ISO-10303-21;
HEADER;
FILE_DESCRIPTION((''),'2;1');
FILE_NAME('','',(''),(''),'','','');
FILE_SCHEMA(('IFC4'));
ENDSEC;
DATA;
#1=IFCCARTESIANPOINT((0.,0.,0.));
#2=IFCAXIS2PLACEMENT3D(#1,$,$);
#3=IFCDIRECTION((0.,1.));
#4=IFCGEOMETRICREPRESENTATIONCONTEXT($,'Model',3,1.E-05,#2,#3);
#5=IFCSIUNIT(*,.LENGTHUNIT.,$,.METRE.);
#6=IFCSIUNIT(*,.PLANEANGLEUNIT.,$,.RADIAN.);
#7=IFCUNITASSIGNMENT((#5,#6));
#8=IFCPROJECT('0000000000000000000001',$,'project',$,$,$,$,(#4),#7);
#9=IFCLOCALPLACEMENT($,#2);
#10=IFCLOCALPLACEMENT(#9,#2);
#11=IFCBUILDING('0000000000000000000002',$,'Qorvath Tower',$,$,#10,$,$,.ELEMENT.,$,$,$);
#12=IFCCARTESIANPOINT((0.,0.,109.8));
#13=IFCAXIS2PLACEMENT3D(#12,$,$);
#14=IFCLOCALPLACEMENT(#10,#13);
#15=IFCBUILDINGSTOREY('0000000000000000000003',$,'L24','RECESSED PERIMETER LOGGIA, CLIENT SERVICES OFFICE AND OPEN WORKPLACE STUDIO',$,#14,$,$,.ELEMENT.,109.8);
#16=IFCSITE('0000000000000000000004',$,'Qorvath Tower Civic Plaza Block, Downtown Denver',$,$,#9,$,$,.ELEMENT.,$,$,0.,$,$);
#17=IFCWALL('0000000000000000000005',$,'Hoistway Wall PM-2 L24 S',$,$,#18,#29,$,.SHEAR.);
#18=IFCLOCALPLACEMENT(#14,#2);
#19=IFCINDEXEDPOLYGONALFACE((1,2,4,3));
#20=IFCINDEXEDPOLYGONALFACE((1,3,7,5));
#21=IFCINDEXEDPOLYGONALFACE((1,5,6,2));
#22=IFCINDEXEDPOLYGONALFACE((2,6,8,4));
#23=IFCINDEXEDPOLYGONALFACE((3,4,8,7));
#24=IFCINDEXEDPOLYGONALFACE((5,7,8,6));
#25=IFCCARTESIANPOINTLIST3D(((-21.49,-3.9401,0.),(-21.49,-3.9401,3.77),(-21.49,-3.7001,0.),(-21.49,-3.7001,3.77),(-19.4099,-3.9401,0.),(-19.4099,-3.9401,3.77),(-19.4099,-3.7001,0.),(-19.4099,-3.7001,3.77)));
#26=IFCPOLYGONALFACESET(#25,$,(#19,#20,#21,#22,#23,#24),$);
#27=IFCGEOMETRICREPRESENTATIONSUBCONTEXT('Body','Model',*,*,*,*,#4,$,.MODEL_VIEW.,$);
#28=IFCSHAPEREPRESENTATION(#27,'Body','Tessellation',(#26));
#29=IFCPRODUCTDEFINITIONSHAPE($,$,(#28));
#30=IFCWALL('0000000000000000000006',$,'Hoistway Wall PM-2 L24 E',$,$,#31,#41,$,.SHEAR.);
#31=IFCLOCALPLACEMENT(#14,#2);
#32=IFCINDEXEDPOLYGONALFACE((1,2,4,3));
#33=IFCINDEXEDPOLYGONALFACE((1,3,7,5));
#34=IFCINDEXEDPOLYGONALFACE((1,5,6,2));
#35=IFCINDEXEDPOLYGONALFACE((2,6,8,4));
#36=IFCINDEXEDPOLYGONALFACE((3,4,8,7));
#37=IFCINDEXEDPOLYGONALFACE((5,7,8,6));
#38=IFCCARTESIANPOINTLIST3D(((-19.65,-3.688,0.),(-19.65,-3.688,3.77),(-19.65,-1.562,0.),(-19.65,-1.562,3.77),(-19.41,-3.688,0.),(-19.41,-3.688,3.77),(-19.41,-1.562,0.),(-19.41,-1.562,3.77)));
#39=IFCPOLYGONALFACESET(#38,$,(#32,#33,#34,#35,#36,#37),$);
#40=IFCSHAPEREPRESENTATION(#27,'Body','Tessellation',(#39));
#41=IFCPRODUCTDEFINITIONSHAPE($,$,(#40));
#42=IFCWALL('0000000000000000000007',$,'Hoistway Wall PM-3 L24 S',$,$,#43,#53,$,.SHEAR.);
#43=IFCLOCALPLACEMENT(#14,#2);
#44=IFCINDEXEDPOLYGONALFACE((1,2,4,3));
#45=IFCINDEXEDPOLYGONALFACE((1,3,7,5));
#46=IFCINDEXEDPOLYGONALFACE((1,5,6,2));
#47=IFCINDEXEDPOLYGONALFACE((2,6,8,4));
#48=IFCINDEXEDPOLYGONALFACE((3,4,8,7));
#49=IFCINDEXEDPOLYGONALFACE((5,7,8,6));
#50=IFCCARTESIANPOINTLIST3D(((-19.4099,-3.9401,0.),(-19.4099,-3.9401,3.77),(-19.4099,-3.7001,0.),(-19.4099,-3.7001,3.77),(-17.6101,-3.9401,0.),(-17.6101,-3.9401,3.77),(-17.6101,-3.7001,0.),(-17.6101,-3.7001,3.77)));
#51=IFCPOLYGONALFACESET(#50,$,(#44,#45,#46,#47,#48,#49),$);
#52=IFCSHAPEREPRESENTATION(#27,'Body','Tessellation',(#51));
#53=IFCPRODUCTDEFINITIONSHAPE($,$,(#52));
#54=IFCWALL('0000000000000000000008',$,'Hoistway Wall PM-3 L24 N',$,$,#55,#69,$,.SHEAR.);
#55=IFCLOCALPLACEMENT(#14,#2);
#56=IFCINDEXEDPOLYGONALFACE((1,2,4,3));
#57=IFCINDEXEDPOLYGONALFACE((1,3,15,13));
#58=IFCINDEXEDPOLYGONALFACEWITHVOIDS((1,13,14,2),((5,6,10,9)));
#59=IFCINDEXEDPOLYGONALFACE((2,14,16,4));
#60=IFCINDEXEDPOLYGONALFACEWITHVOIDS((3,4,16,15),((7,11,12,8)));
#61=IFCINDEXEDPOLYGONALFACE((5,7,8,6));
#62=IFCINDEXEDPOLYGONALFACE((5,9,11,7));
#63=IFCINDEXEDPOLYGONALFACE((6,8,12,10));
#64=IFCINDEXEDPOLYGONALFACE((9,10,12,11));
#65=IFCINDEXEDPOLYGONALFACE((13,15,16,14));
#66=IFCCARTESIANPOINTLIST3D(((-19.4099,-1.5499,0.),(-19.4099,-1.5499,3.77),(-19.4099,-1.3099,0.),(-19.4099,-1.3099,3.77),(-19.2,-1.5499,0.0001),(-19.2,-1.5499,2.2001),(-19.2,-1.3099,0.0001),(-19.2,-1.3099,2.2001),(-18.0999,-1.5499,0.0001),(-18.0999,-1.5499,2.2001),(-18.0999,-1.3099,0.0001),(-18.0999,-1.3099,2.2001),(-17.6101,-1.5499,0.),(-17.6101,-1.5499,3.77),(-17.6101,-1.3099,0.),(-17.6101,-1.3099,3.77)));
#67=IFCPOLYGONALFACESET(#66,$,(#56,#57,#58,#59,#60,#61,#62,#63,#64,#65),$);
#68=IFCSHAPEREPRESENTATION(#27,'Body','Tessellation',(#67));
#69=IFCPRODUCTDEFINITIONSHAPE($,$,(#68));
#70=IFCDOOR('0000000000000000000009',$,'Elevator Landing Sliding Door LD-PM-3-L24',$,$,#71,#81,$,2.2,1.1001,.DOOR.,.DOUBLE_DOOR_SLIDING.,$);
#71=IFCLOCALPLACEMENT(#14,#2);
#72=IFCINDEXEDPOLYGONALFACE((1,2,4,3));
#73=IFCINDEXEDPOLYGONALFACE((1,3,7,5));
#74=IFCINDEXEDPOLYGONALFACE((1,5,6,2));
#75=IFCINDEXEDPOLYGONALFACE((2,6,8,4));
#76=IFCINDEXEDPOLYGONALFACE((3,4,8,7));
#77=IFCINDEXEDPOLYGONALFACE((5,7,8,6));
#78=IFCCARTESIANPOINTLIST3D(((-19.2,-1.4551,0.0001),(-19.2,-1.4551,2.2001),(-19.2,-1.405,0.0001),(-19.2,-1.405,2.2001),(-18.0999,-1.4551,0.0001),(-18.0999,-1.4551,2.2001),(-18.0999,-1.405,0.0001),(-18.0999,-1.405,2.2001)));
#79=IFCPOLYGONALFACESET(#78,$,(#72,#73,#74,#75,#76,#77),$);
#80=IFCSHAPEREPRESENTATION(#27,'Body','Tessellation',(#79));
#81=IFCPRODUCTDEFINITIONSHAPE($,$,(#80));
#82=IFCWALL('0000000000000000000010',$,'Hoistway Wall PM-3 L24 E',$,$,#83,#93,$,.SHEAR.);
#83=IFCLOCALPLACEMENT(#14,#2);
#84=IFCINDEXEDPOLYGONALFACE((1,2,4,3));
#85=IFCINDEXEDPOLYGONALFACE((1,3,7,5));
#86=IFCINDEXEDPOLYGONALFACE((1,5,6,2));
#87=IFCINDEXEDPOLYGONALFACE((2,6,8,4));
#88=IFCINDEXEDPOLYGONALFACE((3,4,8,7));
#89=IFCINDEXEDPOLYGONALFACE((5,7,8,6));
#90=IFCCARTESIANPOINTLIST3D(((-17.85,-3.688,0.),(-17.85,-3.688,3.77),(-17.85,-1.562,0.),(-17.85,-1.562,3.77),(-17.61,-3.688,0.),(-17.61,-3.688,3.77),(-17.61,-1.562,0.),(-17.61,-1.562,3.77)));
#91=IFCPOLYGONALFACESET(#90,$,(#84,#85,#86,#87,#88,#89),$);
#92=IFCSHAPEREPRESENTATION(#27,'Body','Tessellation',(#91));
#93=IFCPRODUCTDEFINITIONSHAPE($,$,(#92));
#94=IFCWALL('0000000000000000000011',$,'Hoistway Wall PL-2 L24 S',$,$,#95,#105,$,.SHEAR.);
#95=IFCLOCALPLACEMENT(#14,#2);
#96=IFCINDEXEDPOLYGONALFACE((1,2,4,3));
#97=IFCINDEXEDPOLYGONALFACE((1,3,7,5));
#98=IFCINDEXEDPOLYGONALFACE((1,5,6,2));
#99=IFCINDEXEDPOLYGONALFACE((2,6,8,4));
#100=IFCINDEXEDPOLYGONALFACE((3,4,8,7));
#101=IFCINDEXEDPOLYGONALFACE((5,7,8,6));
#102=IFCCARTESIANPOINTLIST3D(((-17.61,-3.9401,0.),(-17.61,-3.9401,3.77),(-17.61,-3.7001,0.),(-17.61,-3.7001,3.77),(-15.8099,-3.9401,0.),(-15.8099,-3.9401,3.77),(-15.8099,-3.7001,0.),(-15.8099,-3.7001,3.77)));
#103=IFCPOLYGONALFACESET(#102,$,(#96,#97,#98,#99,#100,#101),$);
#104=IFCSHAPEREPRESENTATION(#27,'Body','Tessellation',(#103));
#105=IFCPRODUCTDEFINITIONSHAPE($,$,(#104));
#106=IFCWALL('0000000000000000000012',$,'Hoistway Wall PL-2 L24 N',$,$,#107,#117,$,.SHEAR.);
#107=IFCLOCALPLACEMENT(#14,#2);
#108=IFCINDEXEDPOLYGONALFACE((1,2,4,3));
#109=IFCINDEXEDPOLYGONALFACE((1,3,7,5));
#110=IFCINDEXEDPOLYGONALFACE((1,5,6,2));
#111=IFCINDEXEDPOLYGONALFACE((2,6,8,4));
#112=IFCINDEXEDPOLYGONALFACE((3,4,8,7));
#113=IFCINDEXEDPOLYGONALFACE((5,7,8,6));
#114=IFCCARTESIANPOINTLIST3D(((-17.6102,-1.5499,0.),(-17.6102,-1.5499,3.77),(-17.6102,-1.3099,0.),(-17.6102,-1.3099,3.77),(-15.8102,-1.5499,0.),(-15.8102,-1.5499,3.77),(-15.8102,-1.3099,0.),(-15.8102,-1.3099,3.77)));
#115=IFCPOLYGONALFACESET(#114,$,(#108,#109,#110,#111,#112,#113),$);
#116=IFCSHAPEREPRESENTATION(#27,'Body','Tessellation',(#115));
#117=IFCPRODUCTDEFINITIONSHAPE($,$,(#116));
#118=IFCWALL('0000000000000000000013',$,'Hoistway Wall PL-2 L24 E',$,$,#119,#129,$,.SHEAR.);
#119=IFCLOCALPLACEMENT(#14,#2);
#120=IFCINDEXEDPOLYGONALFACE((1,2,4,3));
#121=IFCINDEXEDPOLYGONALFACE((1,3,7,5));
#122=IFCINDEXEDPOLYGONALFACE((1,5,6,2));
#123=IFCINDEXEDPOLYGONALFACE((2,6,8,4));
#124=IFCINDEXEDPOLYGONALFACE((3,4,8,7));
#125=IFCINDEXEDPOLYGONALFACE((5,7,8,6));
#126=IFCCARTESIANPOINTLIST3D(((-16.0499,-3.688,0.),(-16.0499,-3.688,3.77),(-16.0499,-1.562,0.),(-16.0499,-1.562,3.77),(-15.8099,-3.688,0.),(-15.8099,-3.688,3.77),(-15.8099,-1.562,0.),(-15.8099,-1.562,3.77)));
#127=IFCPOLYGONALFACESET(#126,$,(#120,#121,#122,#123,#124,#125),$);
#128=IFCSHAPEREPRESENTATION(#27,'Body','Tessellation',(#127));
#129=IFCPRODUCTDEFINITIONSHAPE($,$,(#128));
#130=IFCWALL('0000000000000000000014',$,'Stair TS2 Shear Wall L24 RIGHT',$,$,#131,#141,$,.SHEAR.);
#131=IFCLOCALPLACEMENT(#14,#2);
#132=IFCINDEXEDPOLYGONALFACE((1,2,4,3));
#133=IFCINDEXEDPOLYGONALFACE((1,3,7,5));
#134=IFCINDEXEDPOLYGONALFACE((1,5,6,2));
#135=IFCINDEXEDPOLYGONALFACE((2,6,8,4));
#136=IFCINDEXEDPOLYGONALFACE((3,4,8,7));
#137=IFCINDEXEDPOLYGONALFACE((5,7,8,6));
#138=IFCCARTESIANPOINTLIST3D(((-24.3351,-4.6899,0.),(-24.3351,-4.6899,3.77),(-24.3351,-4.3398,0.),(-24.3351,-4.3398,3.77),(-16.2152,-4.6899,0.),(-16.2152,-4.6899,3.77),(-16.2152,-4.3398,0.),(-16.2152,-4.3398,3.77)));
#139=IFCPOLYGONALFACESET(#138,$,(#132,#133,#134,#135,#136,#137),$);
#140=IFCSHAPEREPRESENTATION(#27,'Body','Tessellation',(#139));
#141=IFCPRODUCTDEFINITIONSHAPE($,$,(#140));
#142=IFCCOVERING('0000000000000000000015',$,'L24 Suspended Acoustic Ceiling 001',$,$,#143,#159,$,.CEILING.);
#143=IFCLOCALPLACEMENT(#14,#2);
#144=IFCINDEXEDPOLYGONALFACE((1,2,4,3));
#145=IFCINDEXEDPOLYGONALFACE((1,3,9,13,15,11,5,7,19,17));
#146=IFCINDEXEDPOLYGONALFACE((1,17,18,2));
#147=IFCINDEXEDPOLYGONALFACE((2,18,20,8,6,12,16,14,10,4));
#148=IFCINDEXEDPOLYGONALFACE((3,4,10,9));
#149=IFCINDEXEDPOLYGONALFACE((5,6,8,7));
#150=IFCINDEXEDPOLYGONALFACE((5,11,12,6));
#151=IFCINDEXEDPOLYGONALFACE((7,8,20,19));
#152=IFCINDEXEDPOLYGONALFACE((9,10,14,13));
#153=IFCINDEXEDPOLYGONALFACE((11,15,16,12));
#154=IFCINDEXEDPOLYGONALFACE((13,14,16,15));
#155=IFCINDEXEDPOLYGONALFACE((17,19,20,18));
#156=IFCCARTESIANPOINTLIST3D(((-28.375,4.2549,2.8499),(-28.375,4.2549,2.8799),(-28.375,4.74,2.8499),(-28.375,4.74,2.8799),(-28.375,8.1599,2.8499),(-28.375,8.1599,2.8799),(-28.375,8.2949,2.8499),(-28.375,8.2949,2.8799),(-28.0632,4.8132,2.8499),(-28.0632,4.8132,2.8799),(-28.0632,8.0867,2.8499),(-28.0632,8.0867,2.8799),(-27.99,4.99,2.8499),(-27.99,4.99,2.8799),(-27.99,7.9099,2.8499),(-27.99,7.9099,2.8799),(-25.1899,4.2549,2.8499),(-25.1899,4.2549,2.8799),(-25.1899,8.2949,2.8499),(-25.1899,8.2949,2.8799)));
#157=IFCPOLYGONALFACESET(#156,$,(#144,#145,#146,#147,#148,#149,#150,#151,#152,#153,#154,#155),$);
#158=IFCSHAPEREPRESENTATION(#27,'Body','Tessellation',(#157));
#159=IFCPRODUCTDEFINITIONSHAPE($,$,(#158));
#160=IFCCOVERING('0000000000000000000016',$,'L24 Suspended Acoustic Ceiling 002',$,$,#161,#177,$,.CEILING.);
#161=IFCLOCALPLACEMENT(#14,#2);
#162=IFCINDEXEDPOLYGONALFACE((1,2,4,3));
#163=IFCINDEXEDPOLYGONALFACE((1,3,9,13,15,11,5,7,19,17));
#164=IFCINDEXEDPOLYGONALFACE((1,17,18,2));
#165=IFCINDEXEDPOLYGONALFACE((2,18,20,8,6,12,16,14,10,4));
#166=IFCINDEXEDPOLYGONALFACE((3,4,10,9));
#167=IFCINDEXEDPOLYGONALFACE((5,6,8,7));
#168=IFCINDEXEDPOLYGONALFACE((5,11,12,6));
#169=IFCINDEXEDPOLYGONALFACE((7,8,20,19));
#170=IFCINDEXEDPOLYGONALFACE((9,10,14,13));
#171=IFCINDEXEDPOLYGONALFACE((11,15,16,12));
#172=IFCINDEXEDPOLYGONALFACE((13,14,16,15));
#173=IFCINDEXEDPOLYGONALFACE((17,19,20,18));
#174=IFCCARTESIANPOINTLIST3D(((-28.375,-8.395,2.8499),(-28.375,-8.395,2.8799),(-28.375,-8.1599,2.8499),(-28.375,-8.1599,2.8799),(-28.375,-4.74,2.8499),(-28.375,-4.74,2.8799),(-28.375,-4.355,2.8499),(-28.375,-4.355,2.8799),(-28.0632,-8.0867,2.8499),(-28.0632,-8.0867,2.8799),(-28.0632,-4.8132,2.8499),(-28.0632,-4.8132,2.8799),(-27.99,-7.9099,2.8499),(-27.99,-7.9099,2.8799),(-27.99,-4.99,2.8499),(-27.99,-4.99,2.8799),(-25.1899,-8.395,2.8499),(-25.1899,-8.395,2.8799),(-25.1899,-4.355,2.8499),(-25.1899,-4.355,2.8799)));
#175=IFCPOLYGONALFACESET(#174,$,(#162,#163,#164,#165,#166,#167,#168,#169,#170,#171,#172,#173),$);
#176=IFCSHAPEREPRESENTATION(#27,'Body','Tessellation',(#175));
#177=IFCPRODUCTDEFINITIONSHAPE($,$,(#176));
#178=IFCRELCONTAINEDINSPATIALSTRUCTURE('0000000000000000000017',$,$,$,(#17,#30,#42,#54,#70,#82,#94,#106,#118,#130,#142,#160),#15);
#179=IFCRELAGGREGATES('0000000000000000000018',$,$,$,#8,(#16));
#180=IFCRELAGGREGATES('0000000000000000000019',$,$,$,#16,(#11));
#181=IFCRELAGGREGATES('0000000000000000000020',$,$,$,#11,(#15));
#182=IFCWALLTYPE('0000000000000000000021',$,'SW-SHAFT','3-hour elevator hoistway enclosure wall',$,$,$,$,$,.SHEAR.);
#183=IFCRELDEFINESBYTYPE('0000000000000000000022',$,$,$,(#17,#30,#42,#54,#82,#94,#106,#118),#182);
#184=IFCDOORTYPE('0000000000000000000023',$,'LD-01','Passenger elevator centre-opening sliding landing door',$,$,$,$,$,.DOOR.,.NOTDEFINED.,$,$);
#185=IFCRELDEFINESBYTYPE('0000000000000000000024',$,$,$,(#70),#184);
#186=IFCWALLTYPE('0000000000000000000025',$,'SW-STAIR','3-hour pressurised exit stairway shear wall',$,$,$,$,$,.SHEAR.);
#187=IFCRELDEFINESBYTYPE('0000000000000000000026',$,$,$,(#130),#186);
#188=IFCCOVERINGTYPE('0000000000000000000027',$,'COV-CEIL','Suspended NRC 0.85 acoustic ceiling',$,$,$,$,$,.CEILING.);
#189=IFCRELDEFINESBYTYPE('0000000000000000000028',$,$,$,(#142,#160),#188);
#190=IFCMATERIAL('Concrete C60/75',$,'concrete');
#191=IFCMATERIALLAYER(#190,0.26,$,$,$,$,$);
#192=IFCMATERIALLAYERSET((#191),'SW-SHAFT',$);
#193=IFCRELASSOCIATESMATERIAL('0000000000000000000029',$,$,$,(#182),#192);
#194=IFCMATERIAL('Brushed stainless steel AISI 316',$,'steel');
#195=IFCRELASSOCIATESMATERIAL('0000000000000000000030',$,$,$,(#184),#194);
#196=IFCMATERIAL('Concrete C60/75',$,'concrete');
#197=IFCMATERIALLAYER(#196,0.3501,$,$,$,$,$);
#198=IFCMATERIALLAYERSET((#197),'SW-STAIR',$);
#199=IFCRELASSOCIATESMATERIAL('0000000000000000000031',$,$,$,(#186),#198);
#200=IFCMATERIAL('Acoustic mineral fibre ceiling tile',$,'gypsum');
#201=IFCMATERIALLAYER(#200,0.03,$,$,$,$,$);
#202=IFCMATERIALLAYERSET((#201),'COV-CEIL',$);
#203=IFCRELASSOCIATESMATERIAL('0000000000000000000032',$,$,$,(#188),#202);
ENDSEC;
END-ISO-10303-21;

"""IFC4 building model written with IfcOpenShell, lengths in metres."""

from ifc_helpers import new_model, si_unit, direction, frame, frame_2d, origin, place, context, subcontext, project, spatial, polyline, rectangle, outline, extrude, material, layer, layer_set, type_object, element, fill, save


model = new_model("IFC4")

# Units and contexts
model_context = context("Model", 3, precision=1e-05, world=origin(), true_north=direction((0.0, 1.0)))
body_context = subcontext(model_context, "Body", "Model", "MODEL_VIEW")
ifc_project = project(units=[si_unit("LENGTHUNIT", "METRE"), si_unit("PLANEANGLEUNIT", "RADIAN")], contexts=[model_context])

# Site, building, storey
site_placement = place(None, origin())
site = spatial("IfcSite", under=ifc_project, at=site_placement, Name="Qorvath Tower Civic Plaza Block, Downtown Denver", CompositionType="ELEMENT", RefElevation=0.0)
building_placement = place(site_placement, origin())
building = spatial("IfcBuilding", under=site, at=building_placement, Name="Qorvath Tower", CompositionType="ELEMENT")
storey_placement = place(building_placement, frame((0.0, 0.0, 109.8)))
storey = spatial("IfcBuildingStorey", under=building, at=storey_placement, Name="L24", Description="RECESSED PERIMETER LOGGIA, CLIENT SERVICES OFFICE AND OPEN WORKPLACE STUDIO", CompositionType="ELEMENT", Elevation=109.8)

# Walls
ifc_material_1 = material(Name="Concrete C60/75", Category="concrete")
ifc_layer_1 = layer(ifc_material_1, 0.26)
ifc_layer_set_1 = layer_set([ifc_layer_1], Name="SW-SHAFT")
wall_type_1 = type_object("IfcWallType", Name="SW-SHAFT", Description="3-hour elevator hoistway enclosure wall", PredefinedType="SHEAR", material=ifc_layer_set_1)
wall_1_placement = place(storey_placement, frame((-19.4099, -3.8201, 0.0), z_axis=(0.0, 0.0, 1.0), x_axis=(-1.0, 0.0, 0.0)))
element("IfcWall", 1, at=wall_1_placement, inside=storey, type_object=wall_type_1, Name="Hoistway Wall PM-2 L24 S", PredefinedType="SHEAR", context=body_context, shape_type="SweptSolid", body=[
    extrude(rectangle(XDim=2.0801, YDim=0.24, at=frame_2d((1.04, 0.0))), origin(), (0.0, 0.0, 1.0), 3.77),
])
wall_2_placement = place(storey_placement, frame((-19.53, -1.562, 0.0), z_axis=(0.0, 0.0, 1.0), x_axis=(0.0, -1.0, 0.0)))
element("IfcWall", 2, at=wall_2_placement, inside=storey, type_object=wall_type_1, Name="Hoistway Wall PM-2 L24 E", PredefinedType="SHEAR", context=body_context, shape_type="SweptSolid", body=[
    extrude(rectangle(XDim=2.126, YDim=0.24, at=frame_2d((1.063, 0.0))), origin(), (0.0, 0.0, 1.0), 3.77),
])
wall_3_placement = place(storey_placement, frame((-17.6101, -3.8201, 0.0), z_axis=(0.0, 0.0, 1.0), x_axis=(-1.0, 0.0, 0.0)))
element("IfcWall", 3, at=wall_3_placement, inside=storey, type_object=wall_type_1, Name="Hoistway Wall PM-3 L24 S", PredefinedType="SHEAR", context=body_context, shape_type="SweptSolid", body=[
    extrude(rectangle(XDim=1.7998, YDim=0.24, at=frame_2d((0.8999, 0.0))), origin(), (0.0, 0.0, 1.0), 3.77),
])

# Wall, opening, door
wall_4_placement = place(storey_placement, frame((-19.4099, -1.4299, 0.0), z_axis=(0.0, 0.0, 1.0), x_axis=(1.0, 0.0, 0.0)))
wall_4 = element("IfcWall", 4, at=wall_4_placement, inside=storey, type_object=wall_type_1, Name="Hoistway Wall PM-3 L24 N", PredefinedType="SHEAR", context=body_context, shape_type="SweptSolid", body=[
    extrude(rectangle(XDim=1.7998, YDim=0.24, at=frame_2d((0.8999, 0.0))), origin(), (0.0, 0.0, 1.0), 3.77),
])
opening_placement = place(wall_4_placement, frame((0.21, 0.0, 0.0)))
opening = element("IfcOpeningElement", 5, at=opening_placement, cuts=wall_4, PredefinedType="OPENING", context=body_context, shape_type="SweptSolid", body=[
    extrude(rectangle(XDim=1.1001, YDim=2.2, at=frame_2d((0.55, 1.1001))), frame((0.0, 0.1299, 0.0), z_axis=(0.0, -1.0, 0.0), x_axis=(1.0, 0.0, 0.0)), (0.0, 0.0, 1.0), 0.26),
])
ifc_material_2 = material(Name="Brushed stainless steel AISI 316", Category="steel")
door_type = type_object("IfcDoorType", Name="LD-01", Description="Passenger elevator centre-opening sliding landing door", OperationType="NOTDEFINED", PredefinedType="DOOR", material=ifc_material_2)
door_placement = place(opening_placement, origin())
door = element("IfcDoor", 6, at=door_placement, inside=storey, type_object=door_type, Name="Elevator Landing Sliding Door LD-PM-3-L24", OperationType="DOUBLE_DOOR_SLIDING", OverallHeight=2.2, OverallWidth=1.1001, PredefinedType="DOOR", context=body_context, shape_type="SweptSolid", body=[
    extrude(rectangle(XDim=1.1001, YDim=2.2, at=frame_2d((0.55, 1.1001))), frame((0.0, 0.0249, 0.0), z_axis=(0.0, -1.0, 0.0), x_axis=(1.0, 0.0, 0.0)), (0.0, 0.0, 1.0), 0.05),
])
fill(opening, door)

# Walls
wall_5_placement = place(storey_placement, frame((-17.73, -1.562, 0.0), z_axis=(0.0, 0.0, 1.0), x_axis=(0.0, -1.0, 0.0)))
element("IfcWall", 7, at=wall_5_placement, inside=storey, type_object=wall_type_1, Name="Hoistway Wall PM-3 L24 E", PredefinedType="SHEAR", context=body_context, shape_type="SweptSolid", body=[
    extrude(rectangle(XDim=2.126, YDim=0.24, at=frame_2d((1.063, 0.0))), origin(), (0.0, 0.0, 1.0), 3.77),
])
for number, where, z_axis, x_axis, name in (
    (8, (-15.8101, -3.8201, 0.0), (0.0, 0.0, 1.0), (-1.0, 0.0, 0.0), "Hoistway Wall PL-2 L24 S"),
    (9, (-17.6101, -1.4299, 0.0), (0.0, 0.0, 1.0), (1.0, 0.0, 0.0), "Hoistway Wall PL-2 L24 N"),
):
    element("IfcWall", number, at=place(storey_placement, frame(where, z_axis=z_axis, x_axis=x_axis)), inside=storey, type_object=wall_type_1, Name=name, PredefinedType="SHEAR", context=body_context, shape_type="SweptSolid", body=[
        extrude(rectangle(XDim=1.8, YDim=0.24, at=frame_2d((0.8999, 0.0))), origin(), (0.0, 0.0, 1.0), 3.77),
    ])
wall_6_placement = place(storey_placement, frame((-15.9299, -1.562, 0.0), z_axis=(0.0, 0.0, 1.0), x_axis=(0.0, -1.0, 0.0)))
element("IfcWall", 10, at=wall_6_placement, inside=storey, type_object=wall_type_1, Name="Hoistway Wall PL-2 L24 E", PredefinedType="SHEAR", context=body_context, shape_type="SweptSolid", body=[
    extrude(rectangle(XDim=2.126, YDim=0.24, at=frame_2d((1.063, 0.0))), origin(), (0.0, 0.0, 1.0), 3.77),
])
ifc_material_3 = material(Name="Concrete C60/75", Category="concrete")
ifc_layer_2 = layer(ifc_material_3, 0.3501)
ifc_layer_set_2 = layer_set([ifc_layer_2], Name="SW-STAIR")
wall_type_2 = type_object("IfcWallType", Name="SW-STAIR", Description="3-hour pressurised exit stairway shear wall", PredefinedType="SHEAR", material=ifc_layer_set_2)
wall_7_placement = place(storey_placement, frame((-16.2151, -4.5149, 0.0), z_axis=(0.0, 0.0, 1.0), x_axis=(-1.0, 0.0, 0.0)))
element("IfcWall", 11, at=wall_7_placement, inside=storey, type_object=wall_type_2, Name="Stair TS2 Shear Wall L24 RIGHT", PredefinedType="SHEAR", context=body_context, shape_type="SweptSolid", body=[
    extrude(rectangle(XDim=8.1199, YDim=0.3501, at=frame_2d((4.0601, 0.0))), origin(), (0.0, 0.0, 1.0), 3.77),
])

# Coverings
ifc_material_4 = material(Name="Acoustic mineral fibre ceiling tile", Category="gypsum")
ifc_layer_3 = layer(ifc_material_4, 0.03)
ifc_layer_set_3 = layer_set([ifc_layer_3], Name="COV-CEIL")
covering_type_1 = type_object("IfcCoveringType", Name="COV-CEIL", Description="Suspended NRC 0.85 acoustic ceiling", PredefinedType="CEILING", material=ifc_layer_set_3)
covering_1_placement = place(storey_placement, frame((0.0, 0.0, 2.8499)))
element("IfcCovering", 12, at=covering_1_placement, inside=storey, type_object=covering_type_1, Name="L24 Suspended Acoustic Ceiling 001", PredefinedType="CEILING", context=body_context, shape_type="SweptSolid", body=[
    extrude(outline(polyline([(-25.1899, 4.2549), (-25.1899, 8.2949), (-28.375, 8.2949), (-28.375, 8.1599), (-28.0632, 8.0867), (-27.99, 7.9099), (-27.99, 4.99), (-28.0632, 4.8132), (-28.375, 4.74), (-28.375, 4.2549), (-25.1899, 4.2549)])), origin(), (0.0, 0.0, 1.0), 0.03),
])
covering_2_placement = place(storey_placement, frame((0.0, 0.0, 2.8499)))
element("IfcCovering", 13, at=covering_2_placement, inside=storey, type_object=covering_type_1, Name="L24 Suspended Acoustic Ceiling 002", PredefinedType="CEILING", context=body_context, shape_type="SweptSolid", body=[
    extrude(outline(polyline([(-25.1899, -8.395), (-25.1899, -4.355), (-28.375, -4.355), (-28.375, -4.74), (-28.0632, -4.8132), (-27.99, -4.99), (-27.99, -7.9099), (-28.0632, -8.0867), (-28.375, -8.1599), (-28.375, -8.395), (-25.1899, -8.395)])), origin(), (0.0, 0.0, 1.0), 0.03),
])

save(model, "model.ifc")
